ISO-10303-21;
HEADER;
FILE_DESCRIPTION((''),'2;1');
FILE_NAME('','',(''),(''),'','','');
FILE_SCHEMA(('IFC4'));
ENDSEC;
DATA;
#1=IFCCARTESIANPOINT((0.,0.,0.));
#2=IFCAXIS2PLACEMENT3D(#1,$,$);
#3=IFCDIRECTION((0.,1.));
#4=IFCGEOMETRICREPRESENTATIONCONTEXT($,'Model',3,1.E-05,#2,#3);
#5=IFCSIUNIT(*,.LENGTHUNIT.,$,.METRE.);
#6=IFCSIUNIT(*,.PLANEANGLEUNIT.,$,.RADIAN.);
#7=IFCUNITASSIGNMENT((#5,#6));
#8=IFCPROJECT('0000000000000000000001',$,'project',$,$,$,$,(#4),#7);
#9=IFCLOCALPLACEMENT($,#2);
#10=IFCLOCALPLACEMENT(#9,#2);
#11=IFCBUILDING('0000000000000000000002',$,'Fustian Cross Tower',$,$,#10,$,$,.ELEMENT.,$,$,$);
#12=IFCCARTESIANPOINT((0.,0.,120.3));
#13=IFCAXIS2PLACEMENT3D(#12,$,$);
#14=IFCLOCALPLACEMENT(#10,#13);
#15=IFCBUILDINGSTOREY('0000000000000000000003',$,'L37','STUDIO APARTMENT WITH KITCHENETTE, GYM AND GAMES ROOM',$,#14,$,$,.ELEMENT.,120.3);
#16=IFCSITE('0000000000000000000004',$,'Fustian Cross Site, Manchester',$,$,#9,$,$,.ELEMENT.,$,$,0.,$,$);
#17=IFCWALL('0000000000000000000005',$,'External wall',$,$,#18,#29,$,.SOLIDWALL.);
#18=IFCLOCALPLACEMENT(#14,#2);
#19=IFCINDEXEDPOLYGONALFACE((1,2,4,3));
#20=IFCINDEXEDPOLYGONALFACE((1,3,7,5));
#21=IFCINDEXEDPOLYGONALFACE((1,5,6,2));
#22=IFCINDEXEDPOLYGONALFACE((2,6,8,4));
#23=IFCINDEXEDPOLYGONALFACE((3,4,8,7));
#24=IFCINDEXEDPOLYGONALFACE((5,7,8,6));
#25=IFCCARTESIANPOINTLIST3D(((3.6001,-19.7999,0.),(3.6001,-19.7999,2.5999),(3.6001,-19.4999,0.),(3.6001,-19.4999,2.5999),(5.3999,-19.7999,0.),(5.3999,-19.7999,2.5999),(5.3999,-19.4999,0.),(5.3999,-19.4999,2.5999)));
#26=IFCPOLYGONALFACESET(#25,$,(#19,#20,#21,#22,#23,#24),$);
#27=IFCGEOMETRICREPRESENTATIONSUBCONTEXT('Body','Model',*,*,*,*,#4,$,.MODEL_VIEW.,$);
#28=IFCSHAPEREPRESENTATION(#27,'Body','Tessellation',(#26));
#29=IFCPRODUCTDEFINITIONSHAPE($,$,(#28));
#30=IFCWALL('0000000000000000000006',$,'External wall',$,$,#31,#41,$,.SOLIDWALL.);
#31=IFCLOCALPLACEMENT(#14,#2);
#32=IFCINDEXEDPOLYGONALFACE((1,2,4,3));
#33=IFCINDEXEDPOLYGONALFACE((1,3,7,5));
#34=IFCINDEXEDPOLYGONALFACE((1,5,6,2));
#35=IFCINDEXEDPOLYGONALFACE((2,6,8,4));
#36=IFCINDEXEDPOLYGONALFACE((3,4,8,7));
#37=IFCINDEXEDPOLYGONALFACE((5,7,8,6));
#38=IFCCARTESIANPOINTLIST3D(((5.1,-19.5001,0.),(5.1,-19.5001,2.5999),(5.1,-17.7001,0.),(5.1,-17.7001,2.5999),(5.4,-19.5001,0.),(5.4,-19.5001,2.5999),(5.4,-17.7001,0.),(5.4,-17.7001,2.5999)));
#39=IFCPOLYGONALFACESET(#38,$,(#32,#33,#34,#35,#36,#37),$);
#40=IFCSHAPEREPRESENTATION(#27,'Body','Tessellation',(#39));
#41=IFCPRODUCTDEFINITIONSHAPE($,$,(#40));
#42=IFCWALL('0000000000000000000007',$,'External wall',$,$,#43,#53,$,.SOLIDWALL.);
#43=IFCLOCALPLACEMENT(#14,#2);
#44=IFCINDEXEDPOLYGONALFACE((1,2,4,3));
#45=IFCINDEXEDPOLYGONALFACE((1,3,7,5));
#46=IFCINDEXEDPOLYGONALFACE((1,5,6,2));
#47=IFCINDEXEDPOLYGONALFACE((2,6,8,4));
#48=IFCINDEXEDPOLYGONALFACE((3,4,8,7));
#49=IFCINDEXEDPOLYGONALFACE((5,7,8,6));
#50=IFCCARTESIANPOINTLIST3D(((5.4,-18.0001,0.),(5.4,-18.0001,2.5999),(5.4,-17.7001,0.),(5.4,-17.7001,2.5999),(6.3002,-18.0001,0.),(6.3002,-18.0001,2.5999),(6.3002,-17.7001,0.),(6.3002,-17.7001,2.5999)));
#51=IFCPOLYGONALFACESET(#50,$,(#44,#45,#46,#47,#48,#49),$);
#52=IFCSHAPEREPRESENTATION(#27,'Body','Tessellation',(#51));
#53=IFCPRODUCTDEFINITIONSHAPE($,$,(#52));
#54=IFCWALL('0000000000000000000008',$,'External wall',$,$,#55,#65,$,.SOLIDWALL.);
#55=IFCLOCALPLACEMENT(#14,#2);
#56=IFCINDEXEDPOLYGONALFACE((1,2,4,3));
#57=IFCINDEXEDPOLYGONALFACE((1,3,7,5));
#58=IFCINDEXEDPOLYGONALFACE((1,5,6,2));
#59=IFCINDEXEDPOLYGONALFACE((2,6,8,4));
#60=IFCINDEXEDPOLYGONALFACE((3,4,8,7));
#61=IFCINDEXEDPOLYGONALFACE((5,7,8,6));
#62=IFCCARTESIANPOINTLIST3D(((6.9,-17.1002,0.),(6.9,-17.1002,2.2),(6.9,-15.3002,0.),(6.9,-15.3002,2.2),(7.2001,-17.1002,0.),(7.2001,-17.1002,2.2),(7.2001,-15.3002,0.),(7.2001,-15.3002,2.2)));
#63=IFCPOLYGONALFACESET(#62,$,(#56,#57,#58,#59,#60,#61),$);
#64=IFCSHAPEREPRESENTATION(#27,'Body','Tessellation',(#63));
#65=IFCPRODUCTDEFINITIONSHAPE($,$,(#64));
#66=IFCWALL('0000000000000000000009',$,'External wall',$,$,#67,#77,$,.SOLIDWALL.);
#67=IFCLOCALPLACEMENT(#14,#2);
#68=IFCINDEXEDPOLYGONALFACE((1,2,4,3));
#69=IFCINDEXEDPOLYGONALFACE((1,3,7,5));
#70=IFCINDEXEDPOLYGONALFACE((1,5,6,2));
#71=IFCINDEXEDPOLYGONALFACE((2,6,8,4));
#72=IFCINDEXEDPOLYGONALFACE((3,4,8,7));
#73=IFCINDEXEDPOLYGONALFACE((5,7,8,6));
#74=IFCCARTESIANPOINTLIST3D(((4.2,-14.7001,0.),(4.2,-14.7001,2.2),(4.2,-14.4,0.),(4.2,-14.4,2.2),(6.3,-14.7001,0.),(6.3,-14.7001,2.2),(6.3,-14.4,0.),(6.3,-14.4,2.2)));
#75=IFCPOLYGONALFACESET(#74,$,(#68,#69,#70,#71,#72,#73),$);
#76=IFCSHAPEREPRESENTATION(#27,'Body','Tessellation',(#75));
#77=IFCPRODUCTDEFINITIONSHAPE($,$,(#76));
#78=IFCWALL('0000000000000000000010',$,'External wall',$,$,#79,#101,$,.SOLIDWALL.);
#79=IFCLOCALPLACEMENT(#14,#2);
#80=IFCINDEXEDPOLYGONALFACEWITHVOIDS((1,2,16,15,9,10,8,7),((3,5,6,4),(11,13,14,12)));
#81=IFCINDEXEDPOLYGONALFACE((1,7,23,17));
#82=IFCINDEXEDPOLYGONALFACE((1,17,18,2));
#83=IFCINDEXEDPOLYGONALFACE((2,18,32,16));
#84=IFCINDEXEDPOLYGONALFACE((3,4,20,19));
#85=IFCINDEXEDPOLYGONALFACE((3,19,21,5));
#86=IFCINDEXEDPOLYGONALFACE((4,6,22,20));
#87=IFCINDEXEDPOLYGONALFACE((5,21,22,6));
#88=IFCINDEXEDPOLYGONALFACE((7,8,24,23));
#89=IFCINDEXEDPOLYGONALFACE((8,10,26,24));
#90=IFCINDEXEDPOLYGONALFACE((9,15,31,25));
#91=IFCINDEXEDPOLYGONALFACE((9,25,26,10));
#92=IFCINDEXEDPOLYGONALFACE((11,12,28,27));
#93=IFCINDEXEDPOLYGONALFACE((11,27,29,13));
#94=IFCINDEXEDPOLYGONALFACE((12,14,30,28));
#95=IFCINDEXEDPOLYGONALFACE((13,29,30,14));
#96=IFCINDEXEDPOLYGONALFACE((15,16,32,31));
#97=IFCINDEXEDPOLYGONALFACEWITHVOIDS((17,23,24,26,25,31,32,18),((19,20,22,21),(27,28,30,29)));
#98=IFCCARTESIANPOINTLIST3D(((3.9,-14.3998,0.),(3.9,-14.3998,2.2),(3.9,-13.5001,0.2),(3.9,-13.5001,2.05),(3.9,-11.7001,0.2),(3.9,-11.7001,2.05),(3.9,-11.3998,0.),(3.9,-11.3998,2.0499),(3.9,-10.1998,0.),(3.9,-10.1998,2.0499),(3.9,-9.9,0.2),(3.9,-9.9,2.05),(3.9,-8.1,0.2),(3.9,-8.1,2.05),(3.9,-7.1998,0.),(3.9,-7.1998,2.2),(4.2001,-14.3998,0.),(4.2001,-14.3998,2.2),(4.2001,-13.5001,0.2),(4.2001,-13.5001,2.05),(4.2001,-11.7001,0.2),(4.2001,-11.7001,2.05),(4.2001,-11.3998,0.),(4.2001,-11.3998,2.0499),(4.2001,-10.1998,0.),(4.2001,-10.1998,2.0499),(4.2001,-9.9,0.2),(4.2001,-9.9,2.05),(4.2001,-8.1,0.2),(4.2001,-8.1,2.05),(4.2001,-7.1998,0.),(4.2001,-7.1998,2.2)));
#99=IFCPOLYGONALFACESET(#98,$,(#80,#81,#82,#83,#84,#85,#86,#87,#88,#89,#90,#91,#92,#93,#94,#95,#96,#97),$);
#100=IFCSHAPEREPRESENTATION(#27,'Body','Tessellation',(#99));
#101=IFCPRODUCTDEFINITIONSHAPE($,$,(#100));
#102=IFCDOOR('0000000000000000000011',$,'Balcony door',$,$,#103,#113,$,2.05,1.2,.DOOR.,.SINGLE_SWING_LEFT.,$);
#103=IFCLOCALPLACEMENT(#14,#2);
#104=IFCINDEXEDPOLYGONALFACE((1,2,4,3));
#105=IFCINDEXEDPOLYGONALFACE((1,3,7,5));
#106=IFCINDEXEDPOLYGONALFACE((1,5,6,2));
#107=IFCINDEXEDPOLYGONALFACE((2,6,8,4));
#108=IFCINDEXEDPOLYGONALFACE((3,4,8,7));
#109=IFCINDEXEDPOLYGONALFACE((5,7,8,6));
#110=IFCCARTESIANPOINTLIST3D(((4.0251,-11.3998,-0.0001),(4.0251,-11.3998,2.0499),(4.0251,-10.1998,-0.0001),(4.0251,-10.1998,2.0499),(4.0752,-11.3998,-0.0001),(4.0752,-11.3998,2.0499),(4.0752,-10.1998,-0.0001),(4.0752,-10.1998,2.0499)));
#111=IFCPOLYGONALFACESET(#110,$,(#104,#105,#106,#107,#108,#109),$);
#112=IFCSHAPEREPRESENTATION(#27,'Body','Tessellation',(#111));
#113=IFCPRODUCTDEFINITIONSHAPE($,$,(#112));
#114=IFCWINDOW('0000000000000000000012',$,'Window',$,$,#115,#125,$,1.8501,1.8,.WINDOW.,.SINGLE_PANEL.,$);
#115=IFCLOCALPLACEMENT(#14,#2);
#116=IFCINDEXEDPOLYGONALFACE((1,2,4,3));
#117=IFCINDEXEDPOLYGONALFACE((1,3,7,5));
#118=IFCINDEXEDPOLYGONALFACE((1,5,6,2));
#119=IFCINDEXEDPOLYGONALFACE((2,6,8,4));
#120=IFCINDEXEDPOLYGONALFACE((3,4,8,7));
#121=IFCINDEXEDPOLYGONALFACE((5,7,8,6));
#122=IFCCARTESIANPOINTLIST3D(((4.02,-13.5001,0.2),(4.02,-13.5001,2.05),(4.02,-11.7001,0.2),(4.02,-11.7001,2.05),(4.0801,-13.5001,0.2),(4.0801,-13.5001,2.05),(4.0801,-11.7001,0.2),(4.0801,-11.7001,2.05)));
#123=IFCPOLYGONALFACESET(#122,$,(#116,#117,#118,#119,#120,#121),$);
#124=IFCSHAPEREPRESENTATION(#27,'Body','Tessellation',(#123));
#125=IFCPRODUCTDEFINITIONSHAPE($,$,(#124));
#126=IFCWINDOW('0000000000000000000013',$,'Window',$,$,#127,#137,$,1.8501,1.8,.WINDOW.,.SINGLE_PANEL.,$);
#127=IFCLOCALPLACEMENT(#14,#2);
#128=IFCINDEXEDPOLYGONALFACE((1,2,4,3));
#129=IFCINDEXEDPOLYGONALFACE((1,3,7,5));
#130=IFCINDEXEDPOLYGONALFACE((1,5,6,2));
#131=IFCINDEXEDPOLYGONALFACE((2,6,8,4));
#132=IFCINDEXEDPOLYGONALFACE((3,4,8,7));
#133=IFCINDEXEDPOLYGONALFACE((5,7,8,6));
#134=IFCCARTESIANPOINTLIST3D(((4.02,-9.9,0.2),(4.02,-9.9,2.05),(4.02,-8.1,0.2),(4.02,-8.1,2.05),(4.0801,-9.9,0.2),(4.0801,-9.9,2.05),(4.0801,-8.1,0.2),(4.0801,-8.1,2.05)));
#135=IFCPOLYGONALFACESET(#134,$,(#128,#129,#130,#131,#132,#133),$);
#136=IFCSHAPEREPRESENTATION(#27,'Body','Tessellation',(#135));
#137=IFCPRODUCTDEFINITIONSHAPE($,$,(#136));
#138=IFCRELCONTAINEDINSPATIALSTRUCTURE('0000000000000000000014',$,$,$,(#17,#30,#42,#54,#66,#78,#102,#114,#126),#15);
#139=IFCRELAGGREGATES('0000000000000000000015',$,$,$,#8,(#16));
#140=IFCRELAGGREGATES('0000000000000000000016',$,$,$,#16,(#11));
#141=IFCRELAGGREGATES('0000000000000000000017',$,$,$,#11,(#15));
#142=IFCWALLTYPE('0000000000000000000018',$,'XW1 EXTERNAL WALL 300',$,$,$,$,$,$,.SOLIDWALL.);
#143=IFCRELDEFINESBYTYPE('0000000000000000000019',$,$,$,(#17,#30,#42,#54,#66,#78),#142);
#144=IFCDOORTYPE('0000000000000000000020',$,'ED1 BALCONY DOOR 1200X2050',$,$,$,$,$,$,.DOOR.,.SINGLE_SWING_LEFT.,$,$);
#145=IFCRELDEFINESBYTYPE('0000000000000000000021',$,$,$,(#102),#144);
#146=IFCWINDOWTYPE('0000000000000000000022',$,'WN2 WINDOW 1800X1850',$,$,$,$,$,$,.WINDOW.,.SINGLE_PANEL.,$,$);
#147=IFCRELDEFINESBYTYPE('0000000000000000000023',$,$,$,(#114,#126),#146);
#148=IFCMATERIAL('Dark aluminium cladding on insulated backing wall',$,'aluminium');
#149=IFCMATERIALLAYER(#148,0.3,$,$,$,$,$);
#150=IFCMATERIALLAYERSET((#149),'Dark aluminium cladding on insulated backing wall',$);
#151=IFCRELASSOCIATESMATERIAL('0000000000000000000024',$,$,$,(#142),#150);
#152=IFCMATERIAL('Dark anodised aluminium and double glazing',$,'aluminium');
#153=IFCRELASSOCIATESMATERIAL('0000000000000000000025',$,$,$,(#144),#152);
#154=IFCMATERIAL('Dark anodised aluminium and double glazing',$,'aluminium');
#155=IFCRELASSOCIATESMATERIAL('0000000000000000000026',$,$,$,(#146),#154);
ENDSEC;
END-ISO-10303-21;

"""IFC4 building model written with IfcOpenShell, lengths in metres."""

from ifc_helpers import new_model, si_unit, direction, frame, frame_2d, origin, place, context, subcontext, project, spatial, rectangle, extrude, material, layer, layer_set, type_object, element, fill, save


model = new_model("IFC4")

# Units and contexts
model_context = context("Model", 3, precision=1e-05, world=origin(), true_north=direction((0.0, 1.0)))
body_context = subcontext(model_context, "Body", "Model", "MODEL_VIEW")
ifc_project = project(units=[si_unit("LENGTHUNIT", "METRE"), si_unit("PLANEANGLEUNIT", "RADIAN")], contexts=[model_context])

# Site, building, storey
site_placement = place(None, origin())
site = spatial("IfcSite", under=ifc_project, at=site_placement, Name="Fustian Cross Site, Manchester", CompositionType="ELEMENT", RefElevation=0.0)
building_placement = place(site_placement, origin())
building = spatial("IfcBuilding", under=site, at=building_placement, Name="Fustian Cross Tower", CompositionType="ELEMENT")
storey_placement = place(building_placement, frame((0.0, 0.0, 120.3)))
storey = spatial("IfcBuildingStorey", under=building, at=storey_placement, Name="L37", Description="STUDIO APARTMENT WITH KITCHENETTE, GYM AND GAMES ROOM", CompositionType="ELEMENT", Elevation=120.3)

# Walls
ifc_material_1 = material(Name="Dark aluminium cladding on insulated backing wall", Category="aluminium")
ifc_layer_1 = layer(ifc_material_1, 0.3)
ifc_layer_set_1 = layer_set([ifc_layer_1], Name="Dark aluminium cladding on insulated backing wall")
wall_type_1 = type_object("IfcWallType", Name="XW1 EXTERNAL WALL 300", PredefinedType="SOLIDWALL", material=ifc_layer_set_1)
wall_1_placement = place(storey_placement, frame((3.6001, -19.6499, 0.0), z_axis=(0.0, 0.0, 1.0), x_axis=(1.0, 0.0, 0.0)))
element("IfcWall", 1, at=wall_1_placement, inside=storey, type_object=wall_type_1, Name="External wall", PredefinedType="SOLIDWALL", context=body_context, shape_type="SweptSolid", body=[
    extrude(rectangle(XDim=1.7998, YDim=0.3, at=frame_2d((0.8999, 0.0))), origin(), (0.0, 0.0, 1.0), 2.5999),
])
wall_2_placement = place(storey_placement, frame((5.25, -19.5, 0.0), z_axis=(0.0, 0.0, 1.0), x_axis=(0.0, 1.0, 0.0)))
element("IfcWall", 2, at=wall_2_placement, inside=storey, type_object=wall_type_1, Name="External wall", PredefinedType="SOLIDWALL", context=body_context, shape_type="SweptSolid", body=[
    extrude(rectangle(XDim=1.8, YDim=0.3, at=frame_2d((0.8999, 0.0))), origin(), (0.0, 0.0, 1.0), 2.5999),
])
wall_3_placement = place(storey_placement, frame((5.3999, -17.8501, 0.0), z_axis=(0.0, 0.0, 1.0), x_axis=(1.0, 0.0, 0.0)))
element("IfcWall", 3, at=wall_3_placement, inside=storey, type_object=wall_type_1, Name="External wall", PredefinedType="SOLIDWALL", context=body_context, shape_type="SweptSolid", body=[
    extrude(rectangle(XDim=0.9001, YDim=0.3, at=frame_2d((0.4502, 0.0))), origin(), (0.0, 0.0, 1.0), 2.5999),
])
wall_4_placement = place(storey_placement, frame((7.05, -17.1001, 0.0), z_axis=(0.0, 0.0, 1.0), x_axis=(0.0, 1.0, 0.0)))
element("IfcWall", 4, at=wall_4_placement, inside=storey, type_object=wall_type_1, Name="External wall", PredefinedType="SOLIDWALL", context=body_context, shape_type="SweptSolid", body=[
    extrude(rectangle(XDim=1.8, YDim=0.3, at=frame_2d((0.8999, 0.0))), origin(), (0.0, 0.0, 1.0), 2.2),
])
wall_5_placement = place(storey_placement, frame((6.3, -14.55, 0.0), z_axis=(0.0, 0.0, 1.0), x_axis=(-1.0, 0.0, 0.0)))
element("IfcWall", 5, at=wall_5_placement, inside=storey, type_object=wall_type_1, Name="External wall", PredefinedType="SOLIDWALL", context=body_context, shape_type="SweptSolid", body=[
    extrude(rectangle(XDim=2.1001, YDim=0.3, at=frame_2d((1.05, 0.0))), origin(), (0.0, 0.0, 1.0), 2.2),
])

# Wall, openings, door, windows
wall_6_placement = place(storey_placement, frame((4.05, -14.3999, 0.0), z_axis=(0.0, 0.0, 1.0), x_axis=(0.0, 1.0, 0.0)))
wall_6 = element("IfcWall", 6, at=wall_6_placement, inside=storey, type_object=wall_type_1, Name="External wall", PredefinedType="SOLIDWALL", context=body_context, shape_type="SweptSolid", body=[
    extrude(rectangle(XDim=7.2, YDim=0.3, at=frame_2d((3.6001, 0.0))), origin(), (0.0, 0.0, 1.0), 2.2),
])
opening_1_placement = place(wall_6_placement, frame((3.0, 0.0, 0.0)))
opening_1 = element("IfcOpeningElement", 7, at=opening_1_placement, cuts=wall_6, PredefinedType="OPENING", context=body_context, shape_type="SweptSolid", body=[
    extrude(rectangle(XDim=1.2, YDim=2.05, at=frame_2d((0.6001, 1.0249))), frame((0.0, 0.1599, 0.0), z_axis=(0.0, -1.0, 0.0), x_axis=(1.0, 0.0, 0.0)), (0.0, 0.0, 1.0), 0.3201),
])
opening_2_placement = place(wall_6_placement, frame((0.8999, 0.0, 0.2)))
opening_2 = element("IfcOpeningElement", 8, at=opening_2_placement, cuts=wall_6, PredefinedType="OPENING", context=body_context, shape_type="SweptSolid", body=[
    extrude(rectangle(XDim=1.8, YDim=1.8501, at=frame_2d((0.8999, 0.925))), frame((0.0, 0.1599, 0.0), z_axis=(0.0, -1.0, 0.0), x_axis=(1.0, 0.0, 0.0)), (0.0, 0.0, 1.0), 0.3201),
])
opening_3_placement = place(wall_6_placement, frame((4.5, 0.0, 0.2)))
opening_3 = element("IfcOpeningElement", 9, at=opening_3_placement, cuts=wall_6, PredefinedType="OPENING", context=body_context, shape_type="SweptSolid", body=[
    extrude(rectangle(XDim=1.8, YDim=1.8501, at=frame_2d((0.8999, 0.925))), frame((0.0, 0.1599, 0.0), z_axis=(0.0, -1.0, 0.0), x_axis=(1.0, 0.0, 0.0)), (0.0, 0.0, 1.0), 0.3201),
])
ifc_material_2 = material(Name="Dark anodised aluminium and double glazing", Category="aluminium")
door_type_1 = type_object("IfcDoorType", Name="ED1 BALCONY DOOR 1200X2050", OperationType="SINGLE_SWING_LEFT", PredefinedType="DOOR", material=ifc_material_2)
door_1_placement = place(opening_1_placement, origin())
door_1 = element("IfcDoor", 10, at=door_1_placement, inside=storey, type_object=door_type_1, Name="Balcony door", OperationType="SINGLE_SWING_LEFT", OverallHeight=2.05, OverallWidth=1.2, PredefinedType="DOOR", context=body_context, shape_type="SweptSolid", body=[
    extrude(rectangle(XDim=1.2, YDim=2.05, at=frame_2d((0.6001, 1.0249))), frame((0.0, 0.0249, 0.0), z_axis=(0.0, -1.0, 0.0), x_axis=(1.0, 0.0, 0.0)), (0.0, 0.0, 1.0), 0.05),
])
fill(opening_1, door_1)
ifc_material_3 = material(Name="Dark anodised aluminium and double glazing", Category="aluminium")
window_type = type_object("IfcWindowType", Name="WN2 WINDOW 1800X1850", PartitioningType="SINGLE_PANEL", PredefinedType="WINDOW", material=ifc_material_3)
window_1_placement = place(opening_2_placement, origin())
window_1 = element("IfcWindow", 11, at=window_1_placement, inside=storey, type_object=window_type, Name="Window", OverallHeight=1.8501, OverallWidth=1.8, PartitioningType="SINGLE_PANEL", PredefinedType="WINDOW", context=body_context, shape_type="SweptSolid", body=[
    extrude(rectangle(XDim=1.8, YDim=1.8501, at=frame_2d((0.8999, 0.925))), frame((0.0, 0.03, 0.0), z_axis=(0.0, -1.0, 0.0), x_axis=(1.0, 0.0, 0.0)), (0.0, 0.0, 1.0), 0.0601),
])
fill(opening_2, window_1)
window_2_placement = place(opening_3_placement, origin())
window_2 = element("IfcWindow", 12, at=window_2_placement, inside=storey, type_object=window_type, Name="Window", OverallHeight=1.8501, OverallWidth=1.8, PartitioningType="SINGLE_PANEL", PredefinedType="WINDOW", context=body_context, shape_type="SweptSolid", body=[
    extrude(rectangle(XDim=1.8, YDim=1.8501, at=frame_2d((0.8999, 0.925))), frame((0.0, 0.03, 0.0), z_axis=(0.0, -1.0, 0.0), x_axis=(1.0, 0.0, 0.0)), (0.0, 0.0, 1.0), 0.0601),
])
fill(opening_3, window_2)

save(model, "model.ifc")
